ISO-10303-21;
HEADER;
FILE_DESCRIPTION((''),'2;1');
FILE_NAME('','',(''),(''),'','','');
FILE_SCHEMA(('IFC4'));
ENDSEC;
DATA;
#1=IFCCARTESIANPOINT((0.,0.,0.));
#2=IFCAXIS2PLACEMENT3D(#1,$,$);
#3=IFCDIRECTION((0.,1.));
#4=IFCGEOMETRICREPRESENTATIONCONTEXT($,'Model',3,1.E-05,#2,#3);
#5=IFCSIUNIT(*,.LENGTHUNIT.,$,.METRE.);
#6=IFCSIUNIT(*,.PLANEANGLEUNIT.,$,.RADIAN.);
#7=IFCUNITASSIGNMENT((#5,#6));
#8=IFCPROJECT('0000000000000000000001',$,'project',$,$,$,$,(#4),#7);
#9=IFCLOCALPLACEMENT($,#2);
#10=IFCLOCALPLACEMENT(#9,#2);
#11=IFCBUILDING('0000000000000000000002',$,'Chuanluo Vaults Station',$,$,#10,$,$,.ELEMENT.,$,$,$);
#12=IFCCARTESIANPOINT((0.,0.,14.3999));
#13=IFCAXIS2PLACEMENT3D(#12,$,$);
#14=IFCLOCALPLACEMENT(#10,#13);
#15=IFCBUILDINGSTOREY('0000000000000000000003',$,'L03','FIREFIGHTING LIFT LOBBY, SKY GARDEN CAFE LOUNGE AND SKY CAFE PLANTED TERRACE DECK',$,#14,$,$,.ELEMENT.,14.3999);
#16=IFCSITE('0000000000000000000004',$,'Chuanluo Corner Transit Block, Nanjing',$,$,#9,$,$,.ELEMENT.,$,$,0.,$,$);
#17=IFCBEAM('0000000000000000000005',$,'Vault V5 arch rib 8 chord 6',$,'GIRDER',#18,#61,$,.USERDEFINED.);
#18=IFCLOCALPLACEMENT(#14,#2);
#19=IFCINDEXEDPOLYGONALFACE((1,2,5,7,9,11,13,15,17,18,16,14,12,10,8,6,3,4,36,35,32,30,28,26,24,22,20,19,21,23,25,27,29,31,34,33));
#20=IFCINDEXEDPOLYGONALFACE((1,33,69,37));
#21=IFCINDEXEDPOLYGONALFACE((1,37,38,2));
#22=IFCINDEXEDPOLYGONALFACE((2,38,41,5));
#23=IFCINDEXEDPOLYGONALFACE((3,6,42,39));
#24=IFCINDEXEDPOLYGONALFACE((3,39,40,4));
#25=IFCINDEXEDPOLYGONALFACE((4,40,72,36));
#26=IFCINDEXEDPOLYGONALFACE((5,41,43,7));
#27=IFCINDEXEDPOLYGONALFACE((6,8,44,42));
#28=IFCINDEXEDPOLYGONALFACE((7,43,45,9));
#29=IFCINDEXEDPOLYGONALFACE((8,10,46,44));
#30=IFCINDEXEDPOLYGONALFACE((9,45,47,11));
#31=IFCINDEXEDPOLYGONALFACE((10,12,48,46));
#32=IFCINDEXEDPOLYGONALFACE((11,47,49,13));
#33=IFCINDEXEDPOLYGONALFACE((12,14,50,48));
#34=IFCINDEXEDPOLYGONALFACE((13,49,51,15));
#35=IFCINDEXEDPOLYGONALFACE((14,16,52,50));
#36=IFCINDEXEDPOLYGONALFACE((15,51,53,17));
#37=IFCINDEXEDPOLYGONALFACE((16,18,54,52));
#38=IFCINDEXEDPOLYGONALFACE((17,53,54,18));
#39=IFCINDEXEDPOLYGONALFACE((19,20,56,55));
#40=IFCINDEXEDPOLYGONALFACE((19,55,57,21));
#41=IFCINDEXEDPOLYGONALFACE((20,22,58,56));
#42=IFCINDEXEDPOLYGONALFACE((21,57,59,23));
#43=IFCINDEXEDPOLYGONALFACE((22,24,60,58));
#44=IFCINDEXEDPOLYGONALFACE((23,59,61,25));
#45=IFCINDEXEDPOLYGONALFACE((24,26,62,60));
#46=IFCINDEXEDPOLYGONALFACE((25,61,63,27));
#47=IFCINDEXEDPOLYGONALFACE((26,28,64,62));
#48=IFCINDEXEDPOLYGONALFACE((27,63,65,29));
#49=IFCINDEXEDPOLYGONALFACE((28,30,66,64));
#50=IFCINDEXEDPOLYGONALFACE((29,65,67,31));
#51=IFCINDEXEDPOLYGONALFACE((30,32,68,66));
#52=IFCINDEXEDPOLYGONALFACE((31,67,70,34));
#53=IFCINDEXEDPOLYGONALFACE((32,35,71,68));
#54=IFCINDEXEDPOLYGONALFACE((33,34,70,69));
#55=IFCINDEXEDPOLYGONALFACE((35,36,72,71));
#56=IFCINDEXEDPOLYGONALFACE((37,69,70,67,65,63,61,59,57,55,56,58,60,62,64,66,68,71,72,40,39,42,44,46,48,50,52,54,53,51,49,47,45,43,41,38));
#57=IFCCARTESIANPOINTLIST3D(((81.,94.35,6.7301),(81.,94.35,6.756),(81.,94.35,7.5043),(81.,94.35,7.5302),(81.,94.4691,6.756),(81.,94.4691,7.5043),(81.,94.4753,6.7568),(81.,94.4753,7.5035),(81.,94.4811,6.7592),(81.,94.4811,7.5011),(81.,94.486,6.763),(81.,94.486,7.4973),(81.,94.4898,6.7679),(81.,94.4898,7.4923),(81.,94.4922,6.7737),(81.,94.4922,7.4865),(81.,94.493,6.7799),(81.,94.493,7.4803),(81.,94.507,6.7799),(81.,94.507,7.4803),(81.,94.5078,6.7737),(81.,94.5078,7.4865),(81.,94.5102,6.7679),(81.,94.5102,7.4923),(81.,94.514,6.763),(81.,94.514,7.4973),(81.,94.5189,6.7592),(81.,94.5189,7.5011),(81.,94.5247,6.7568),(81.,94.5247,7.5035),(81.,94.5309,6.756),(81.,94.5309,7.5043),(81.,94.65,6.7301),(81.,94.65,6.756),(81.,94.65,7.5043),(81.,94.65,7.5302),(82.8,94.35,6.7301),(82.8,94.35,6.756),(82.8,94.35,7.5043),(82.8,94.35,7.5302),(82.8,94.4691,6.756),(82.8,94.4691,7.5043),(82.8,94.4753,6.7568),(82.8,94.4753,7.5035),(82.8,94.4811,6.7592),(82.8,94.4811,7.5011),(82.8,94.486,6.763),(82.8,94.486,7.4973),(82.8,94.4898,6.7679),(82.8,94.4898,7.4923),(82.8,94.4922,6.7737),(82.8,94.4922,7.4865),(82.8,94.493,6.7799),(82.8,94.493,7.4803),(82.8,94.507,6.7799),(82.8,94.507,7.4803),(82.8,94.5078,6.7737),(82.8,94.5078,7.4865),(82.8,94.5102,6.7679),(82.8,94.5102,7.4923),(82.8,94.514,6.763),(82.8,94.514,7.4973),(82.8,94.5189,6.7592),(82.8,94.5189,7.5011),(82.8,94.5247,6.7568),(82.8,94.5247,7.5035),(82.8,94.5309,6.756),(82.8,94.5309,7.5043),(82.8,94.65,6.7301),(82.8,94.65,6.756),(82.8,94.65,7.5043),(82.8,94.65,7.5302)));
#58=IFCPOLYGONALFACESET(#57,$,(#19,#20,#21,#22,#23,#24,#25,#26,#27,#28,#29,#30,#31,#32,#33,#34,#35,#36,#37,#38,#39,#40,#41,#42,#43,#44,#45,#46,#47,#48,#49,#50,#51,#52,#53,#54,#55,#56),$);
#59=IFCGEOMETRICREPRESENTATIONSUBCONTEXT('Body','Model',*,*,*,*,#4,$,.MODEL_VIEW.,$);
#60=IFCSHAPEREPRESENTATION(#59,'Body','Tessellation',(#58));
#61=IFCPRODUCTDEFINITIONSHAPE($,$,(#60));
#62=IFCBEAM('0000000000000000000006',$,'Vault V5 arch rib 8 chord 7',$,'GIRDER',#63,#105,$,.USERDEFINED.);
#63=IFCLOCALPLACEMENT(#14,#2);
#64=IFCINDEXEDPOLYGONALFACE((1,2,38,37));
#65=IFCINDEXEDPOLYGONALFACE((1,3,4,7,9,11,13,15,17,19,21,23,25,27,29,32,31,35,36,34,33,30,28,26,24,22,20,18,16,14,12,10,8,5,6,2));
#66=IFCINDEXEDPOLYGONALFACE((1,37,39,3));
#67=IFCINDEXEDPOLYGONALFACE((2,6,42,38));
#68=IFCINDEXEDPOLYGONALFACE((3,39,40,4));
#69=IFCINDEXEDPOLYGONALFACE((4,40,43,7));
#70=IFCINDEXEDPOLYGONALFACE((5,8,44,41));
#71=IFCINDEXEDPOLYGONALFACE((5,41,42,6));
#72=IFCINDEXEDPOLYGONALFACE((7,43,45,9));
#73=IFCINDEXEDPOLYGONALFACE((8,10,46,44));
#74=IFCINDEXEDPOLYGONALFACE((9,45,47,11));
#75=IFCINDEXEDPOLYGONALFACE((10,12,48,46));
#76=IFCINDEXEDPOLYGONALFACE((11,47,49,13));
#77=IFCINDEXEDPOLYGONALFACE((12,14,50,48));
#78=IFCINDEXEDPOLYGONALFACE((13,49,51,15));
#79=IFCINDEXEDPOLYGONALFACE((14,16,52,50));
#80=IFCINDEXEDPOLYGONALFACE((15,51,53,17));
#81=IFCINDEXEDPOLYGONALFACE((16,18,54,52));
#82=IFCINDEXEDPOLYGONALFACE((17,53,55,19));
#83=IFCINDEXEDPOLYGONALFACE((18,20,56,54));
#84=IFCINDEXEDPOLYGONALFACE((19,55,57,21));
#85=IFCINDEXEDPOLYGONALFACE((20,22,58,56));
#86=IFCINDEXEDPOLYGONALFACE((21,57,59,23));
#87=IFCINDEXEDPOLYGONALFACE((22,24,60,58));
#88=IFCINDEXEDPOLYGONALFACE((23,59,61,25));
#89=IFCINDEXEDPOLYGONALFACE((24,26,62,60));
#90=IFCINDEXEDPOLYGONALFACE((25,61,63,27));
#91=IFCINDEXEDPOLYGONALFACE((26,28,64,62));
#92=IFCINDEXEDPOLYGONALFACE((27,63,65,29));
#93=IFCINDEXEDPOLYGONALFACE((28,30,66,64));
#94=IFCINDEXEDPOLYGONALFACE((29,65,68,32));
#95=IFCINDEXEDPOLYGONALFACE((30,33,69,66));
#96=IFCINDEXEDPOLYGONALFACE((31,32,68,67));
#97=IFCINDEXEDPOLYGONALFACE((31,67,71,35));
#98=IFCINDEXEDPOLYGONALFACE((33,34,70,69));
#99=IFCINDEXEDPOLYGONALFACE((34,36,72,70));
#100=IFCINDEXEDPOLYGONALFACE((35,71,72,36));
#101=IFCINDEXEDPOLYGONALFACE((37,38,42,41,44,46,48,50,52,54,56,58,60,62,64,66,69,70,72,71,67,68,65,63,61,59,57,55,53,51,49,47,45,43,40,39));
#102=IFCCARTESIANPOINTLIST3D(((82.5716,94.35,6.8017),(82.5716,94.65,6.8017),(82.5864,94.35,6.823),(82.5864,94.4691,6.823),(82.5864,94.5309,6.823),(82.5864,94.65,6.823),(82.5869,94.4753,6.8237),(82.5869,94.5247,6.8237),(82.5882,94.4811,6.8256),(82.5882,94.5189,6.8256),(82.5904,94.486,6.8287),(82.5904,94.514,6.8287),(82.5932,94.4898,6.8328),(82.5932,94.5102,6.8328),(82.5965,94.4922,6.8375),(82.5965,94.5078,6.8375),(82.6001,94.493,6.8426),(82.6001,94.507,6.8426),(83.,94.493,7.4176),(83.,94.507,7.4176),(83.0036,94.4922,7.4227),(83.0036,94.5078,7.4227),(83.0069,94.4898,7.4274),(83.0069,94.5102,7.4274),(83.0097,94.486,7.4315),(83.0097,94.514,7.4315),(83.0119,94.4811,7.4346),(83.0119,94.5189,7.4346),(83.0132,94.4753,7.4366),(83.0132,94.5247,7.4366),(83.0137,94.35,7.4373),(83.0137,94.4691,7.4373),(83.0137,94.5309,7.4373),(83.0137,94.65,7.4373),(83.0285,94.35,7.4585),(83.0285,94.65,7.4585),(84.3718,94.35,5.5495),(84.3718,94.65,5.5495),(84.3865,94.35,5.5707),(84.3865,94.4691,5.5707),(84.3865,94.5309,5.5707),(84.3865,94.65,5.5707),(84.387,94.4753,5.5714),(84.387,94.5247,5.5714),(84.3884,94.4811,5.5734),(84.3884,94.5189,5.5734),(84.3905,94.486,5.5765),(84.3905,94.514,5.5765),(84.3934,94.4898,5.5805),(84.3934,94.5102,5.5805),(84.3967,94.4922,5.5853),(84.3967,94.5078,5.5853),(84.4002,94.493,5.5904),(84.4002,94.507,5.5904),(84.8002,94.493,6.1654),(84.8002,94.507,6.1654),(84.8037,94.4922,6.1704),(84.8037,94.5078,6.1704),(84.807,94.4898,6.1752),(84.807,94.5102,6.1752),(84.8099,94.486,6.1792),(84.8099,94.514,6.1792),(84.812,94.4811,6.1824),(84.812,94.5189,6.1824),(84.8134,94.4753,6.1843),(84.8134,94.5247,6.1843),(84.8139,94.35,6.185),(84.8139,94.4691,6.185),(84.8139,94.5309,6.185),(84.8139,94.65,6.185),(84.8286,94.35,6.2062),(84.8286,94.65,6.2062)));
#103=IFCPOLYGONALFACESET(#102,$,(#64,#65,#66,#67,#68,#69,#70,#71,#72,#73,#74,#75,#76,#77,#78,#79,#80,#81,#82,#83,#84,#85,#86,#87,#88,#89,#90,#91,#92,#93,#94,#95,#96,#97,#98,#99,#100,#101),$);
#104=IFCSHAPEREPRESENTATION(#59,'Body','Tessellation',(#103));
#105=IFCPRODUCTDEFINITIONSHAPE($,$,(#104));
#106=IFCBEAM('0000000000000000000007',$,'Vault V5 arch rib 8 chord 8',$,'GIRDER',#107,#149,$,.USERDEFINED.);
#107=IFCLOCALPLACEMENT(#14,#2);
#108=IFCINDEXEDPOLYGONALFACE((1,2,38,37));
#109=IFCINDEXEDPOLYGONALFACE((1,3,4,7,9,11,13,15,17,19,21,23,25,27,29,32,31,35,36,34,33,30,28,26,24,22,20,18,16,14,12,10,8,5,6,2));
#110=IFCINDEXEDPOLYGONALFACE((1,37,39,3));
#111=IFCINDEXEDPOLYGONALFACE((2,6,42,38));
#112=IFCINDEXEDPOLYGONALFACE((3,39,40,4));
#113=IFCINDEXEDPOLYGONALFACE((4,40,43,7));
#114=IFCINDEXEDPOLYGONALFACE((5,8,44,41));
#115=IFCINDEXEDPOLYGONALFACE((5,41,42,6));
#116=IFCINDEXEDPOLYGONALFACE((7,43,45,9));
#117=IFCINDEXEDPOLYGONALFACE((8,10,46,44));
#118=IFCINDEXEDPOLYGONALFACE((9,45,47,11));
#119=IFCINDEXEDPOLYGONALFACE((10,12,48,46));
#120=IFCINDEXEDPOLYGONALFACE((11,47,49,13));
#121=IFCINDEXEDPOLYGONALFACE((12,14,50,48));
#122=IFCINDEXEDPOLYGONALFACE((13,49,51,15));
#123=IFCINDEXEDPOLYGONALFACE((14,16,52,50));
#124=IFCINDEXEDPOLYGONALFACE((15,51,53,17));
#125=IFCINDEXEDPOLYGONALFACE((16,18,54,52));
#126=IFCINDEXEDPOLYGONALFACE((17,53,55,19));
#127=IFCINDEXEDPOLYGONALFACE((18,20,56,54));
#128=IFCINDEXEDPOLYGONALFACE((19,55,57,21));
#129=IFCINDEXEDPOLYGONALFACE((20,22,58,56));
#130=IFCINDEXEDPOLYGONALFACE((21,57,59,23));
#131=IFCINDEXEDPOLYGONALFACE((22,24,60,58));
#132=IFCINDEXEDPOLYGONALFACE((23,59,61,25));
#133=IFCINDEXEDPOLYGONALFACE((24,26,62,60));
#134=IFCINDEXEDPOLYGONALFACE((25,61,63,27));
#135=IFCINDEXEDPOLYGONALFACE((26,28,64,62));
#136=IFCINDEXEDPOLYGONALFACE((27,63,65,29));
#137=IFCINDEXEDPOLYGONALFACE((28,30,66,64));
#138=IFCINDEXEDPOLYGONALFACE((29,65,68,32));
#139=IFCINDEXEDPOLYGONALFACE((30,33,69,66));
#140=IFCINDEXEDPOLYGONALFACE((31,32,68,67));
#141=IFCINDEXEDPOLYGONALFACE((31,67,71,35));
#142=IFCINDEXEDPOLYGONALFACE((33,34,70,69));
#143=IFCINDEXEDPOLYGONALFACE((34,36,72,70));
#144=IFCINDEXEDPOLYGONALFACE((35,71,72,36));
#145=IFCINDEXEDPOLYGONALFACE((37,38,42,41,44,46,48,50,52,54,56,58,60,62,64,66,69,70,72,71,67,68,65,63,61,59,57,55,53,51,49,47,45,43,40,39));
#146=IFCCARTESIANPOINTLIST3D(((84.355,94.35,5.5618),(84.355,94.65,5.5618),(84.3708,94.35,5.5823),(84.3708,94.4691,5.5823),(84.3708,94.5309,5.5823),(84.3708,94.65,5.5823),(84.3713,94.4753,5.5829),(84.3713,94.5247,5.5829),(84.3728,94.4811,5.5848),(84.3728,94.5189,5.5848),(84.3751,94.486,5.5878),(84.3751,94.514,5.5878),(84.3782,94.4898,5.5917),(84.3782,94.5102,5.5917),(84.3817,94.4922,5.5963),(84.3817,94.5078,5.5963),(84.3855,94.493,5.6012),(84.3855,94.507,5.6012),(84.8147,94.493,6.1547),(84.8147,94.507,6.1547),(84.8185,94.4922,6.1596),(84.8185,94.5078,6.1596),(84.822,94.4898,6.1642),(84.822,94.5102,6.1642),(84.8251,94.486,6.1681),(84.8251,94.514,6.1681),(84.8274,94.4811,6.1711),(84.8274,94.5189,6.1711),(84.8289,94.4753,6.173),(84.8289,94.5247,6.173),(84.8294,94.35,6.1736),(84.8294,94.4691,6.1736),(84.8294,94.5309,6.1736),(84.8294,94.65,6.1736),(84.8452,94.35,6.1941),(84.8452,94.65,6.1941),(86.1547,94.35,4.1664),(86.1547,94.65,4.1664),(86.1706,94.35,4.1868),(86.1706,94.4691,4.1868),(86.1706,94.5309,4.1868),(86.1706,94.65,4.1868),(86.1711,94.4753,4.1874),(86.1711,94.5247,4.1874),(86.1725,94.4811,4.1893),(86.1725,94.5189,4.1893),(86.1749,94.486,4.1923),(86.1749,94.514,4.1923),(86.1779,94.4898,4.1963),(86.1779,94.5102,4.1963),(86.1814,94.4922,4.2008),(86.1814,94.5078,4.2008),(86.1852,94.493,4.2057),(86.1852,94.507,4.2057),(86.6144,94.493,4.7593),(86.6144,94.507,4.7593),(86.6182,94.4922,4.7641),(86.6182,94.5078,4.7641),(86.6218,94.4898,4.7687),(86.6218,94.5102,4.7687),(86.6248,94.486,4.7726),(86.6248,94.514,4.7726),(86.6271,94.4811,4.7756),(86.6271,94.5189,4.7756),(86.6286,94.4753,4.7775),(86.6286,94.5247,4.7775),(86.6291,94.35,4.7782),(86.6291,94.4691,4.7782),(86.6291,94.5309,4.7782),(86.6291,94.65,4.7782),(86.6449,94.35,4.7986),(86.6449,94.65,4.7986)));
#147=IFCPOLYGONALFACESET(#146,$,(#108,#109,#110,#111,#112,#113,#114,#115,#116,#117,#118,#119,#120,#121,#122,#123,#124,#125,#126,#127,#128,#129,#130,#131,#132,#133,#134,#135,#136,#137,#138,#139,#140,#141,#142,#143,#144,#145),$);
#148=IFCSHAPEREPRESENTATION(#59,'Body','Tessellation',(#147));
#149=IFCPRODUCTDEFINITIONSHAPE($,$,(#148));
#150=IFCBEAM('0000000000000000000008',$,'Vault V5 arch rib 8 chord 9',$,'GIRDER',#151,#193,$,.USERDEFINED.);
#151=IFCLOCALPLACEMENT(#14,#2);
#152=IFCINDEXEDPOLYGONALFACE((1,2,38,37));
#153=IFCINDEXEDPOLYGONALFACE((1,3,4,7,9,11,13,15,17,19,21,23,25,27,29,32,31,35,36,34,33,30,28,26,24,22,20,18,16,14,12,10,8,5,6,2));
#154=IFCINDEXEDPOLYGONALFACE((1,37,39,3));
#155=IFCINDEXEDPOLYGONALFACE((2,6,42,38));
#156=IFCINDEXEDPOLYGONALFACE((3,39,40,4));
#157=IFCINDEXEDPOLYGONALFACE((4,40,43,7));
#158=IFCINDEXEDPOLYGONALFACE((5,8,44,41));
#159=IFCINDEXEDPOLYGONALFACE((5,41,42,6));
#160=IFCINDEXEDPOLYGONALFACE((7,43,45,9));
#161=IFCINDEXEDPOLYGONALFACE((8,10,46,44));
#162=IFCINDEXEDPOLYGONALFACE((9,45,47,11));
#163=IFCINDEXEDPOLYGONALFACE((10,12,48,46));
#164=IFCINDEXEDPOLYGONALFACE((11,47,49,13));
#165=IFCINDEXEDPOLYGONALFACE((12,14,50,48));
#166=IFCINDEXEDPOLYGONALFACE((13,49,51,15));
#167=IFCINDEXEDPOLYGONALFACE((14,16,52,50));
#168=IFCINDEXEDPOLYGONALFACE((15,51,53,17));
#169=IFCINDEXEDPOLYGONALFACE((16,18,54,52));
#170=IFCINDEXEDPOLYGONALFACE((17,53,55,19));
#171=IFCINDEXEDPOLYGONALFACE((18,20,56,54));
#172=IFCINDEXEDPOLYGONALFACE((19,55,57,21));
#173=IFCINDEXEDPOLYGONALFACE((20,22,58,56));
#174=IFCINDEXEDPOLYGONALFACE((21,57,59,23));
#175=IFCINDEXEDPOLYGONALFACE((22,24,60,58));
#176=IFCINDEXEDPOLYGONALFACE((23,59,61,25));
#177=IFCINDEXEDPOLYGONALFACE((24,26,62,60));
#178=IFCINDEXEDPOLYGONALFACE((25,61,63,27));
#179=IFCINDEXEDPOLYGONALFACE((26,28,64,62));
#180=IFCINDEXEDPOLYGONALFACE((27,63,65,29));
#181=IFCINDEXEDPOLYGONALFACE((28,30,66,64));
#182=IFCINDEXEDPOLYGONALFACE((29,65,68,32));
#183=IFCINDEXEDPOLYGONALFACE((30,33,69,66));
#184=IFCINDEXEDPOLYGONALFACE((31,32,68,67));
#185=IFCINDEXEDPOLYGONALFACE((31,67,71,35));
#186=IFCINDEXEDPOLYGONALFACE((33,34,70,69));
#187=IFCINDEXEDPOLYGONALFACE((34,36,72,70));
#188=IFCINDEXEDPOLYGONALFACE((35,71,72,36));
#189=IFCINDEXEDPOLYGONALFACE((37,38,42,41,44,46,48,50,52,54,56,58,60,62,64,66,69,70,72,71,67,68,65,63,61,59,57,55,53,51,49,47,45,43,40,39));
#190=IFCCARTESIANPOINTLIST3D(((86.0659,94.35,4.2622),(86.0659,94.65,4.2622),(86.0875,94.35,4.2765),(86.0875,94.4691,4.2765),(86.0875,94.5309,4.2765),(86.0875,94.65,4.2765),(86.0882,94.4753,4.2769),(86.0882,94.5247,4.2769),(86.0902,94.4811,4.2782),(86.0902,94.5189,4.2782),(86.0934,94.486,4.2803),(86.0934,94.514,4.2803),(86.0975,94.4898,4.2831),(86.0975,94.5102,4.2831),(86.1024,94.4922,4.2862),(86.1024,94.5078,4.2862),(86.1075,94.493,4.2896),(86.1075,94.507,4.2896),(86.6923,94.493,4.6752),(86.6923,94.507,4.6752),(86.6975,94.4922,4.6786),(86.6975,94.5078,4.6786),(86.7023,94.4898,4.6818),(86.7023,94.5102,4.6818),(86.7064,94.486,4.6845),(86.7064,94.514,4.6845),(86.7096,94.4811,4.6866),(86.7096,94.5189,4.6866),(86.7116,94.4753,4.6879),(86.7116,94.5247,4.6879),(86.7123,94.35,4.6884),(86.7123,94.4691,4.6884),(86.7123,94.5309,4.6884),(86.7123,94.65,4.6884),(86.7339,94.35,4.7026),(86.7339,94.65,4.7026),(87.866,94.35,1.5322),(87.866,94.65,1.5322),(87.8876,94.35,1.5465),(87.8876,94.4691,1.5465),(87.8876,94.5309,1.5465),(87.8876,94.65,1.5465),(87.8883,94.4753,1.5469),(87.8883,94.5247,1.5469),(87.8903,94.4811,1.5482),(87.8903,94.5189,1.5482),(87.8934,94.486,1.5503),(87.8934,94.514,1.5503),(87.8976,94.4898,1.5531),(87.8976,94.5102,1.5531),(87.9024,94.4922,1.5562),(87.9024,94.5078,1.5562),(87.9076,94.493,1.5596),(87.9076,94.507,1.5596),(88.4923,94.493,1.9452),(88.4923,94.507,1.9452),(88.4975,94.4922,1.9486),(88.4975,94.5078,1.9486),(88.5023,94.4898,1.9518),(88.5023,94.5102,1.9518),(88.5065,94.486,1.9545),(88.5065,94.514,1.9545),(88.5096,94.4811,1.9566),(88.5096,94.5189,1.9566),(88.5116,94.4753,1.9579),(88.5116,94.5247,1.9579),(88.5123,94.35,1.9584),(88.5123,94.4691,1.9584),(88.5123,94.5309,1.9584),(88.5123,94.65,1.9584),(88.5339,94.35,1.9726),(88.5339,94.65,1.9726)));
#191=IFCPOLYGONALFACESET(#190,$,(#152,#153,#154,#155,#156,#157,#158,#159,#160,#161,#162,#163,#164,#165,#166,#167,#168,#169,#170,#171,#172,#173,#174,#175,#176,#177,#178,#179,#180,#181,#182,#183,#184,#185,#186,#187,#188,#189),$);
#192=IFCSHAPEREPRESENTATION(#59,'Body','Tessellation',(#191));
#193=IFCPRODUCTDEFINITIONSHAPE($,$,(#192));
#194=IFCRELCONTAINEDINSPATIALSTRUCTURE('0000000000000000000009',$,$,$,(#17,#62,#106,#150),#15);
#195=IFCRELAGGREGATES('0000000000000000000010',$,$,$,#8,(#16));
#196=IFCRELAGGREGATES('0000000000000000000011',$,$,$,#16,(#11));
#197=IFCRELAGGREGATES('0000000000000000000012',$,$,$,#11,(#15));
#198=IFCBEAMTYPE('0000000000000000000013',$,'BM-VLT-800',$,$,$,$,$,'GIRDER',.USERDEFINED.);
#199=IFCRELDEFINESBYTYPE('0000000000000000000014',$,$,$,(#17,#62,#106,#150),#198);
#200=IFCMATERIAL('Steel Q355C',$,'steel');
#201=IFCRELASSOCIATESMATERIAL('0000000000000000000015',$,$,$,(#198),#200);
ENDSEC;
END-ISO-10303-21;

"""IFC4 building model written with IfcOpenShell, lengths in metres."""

from ifc_helpers import new_model, si_unit, direction, frame, origin, origin_2d, place, context, subcontext, project, spatial, i_section, extrude, material, material_profile, profile_set, type_object, element, save


model = new_model("IFC4")

# Units and contexts
model_context = context("Model", 3, precision=1e-05, world=origin(), true_north=direction((0.0, 1.0)))
body_context = subcontext(model_context, "Body", "Model", "MODEL_VIEW")
ifc_project = project(units=[si_unit("LENGTHUNIT", "METRE"), si_unit("PLANEANGLEUNIT", "RADIAN")], contexts=[model_context])

# Site, building, storey
site_placement = place(None, origin())
site = spatial("IfcSite", under=ifc_project, at=site_placement, Name="Chuanluo Corner Transit Block, Nanjing", CompositionType="ELEMENT", RefElevation=0.0)
building_placement = place(site_placement, origin())
building = spatial("IfcBuilding", under=site, at=building_placement, Name="Chuanluo Vaults Station", CompositionType="ELEMENT")
storey_placement = place(building_placement, frame((0.0, 0.0, 14.3999)))
storey = spatial("IfcBuildingStorey", under=building, at=storey_placement, Name="L03", Description="FIREFIGHTING LIFT LOBBY, SKY GARDEN CAFE LOUNGE AND SKY CAFE PLANTED TERRACE DECK", CompositionType="ELEMENT", Elevation=14.3999)

# Beams
ifc_material_1 = material(Name="Steel Q355C", Category="steel")
ifc_material_profile_1 = material_profile(ifc_material_1, i_section(OverallWidth=0.3, OverallDepth=0.8, WebThickness=0.0139, FlangeThickness=0.0259, FilletRadius=0.0239, at=origin_2d()))
ifc_profile_set_1 = profile_set([ifc_material_profile_1], Name="Steel Q355C")
beam_type_1 = type_object("IfcBeamType", Name="BM-VLT-800", ElementType="GIRDER", PredefinedType="USERDEFINED", material=ifc_profile_set_1)
for number, where, z_axis, x_axis, name in (
    (1, (81.0, 94.5, 7.1301), (1.0, 0.0, 0.0), (0.0, 1.0, 0.0), "Vault V5 arch rib 8 chord 6"),
):
    element("IfcBeam", number, at=place(storey_placement, frame(where, z_axis=z_axis, x_axis=x_axis)), inside=storey, type_object=beam_type_1, Name=name, ObjectType="GIRDER", PredefinedType="USERDEFINED", context=body_context, shape_type="SweptSolid", body=[
        extrude(i_section(OverallWidth=0.3, OverallDepth=0.8, WebThickness=0.0139, FlangeThickness=0.0259, FilletRadius=0.0239, at=origin_2d()), origin(), (0.0, 0.0, 1.0), 1.8),
    ])
beam_1_placement = place(storey_placement, frame((82.8, 94.5, 7.1301), z_axis=(0.820907, 0.0, -0.571061), x_axis=(0.0, 1.0, 0.0)))
element("IfcBeam", 2, at=beam_1_placement, inside=storey, type_object=beam_type_1, Name="Vault V5 arch rib 8 chord 7", ObjectType="GIRDER", PredefinedType="USERDEFINED", context=body_context, shape_type="SweptSolid", body=[
    extrude(i_section(OverallWidth=0.3, OverallDepth=0.8, WebThickness=0.0139, FlangeThickness=0.0259, FilletRadius=0.0239, at=origin_2d()), origin(), (0.0, 0.0, 1.0), 2.1929),
])
beam_2_placement = place(storey_placement, frame((84.6001, 94.5, 5.8779), z_axis=(0.790275, 0.0, -0.612752), x_axis=(0.0, 1.0, 0.0)))
element("IfcBeam", 3, at=beam_2_placement, inside=storey, type_object=beam_type_1, Name="Vault V5 arch rib 8 chord 8", ObjectType="GIRDER", PredefinedType="USERDEFINED", context=body_context, shape_type="SweptSolid", body=[
    extrude(i_section(OverallWidth=0.3, OverallDepth=0.8, WebThickness=0.0139, FlangeThickness=0.0259, FilletRadius=0.0239, at=origin_2d()), origin(), (0.0, 0.0, 1.0), 2.2773),
])
beam_3_placement = place(storey_placement, frame((86.3999, 94.5, 4.4824), z_axis=(0.550472, 0.0, -0.834854), x_axis=(0.0, 1.0, 0.0)))
element("IfcBeam", 4, at=beam_3_placement, inside=storey, type_object=beam_type_1, Name="Vault V5 arch rib 8 chord 9", ObjectType="GIRDER", PredefinedType="USERDEFINED", context=body_context, shape_type="SweptSolid", body=[
    extrude(i_section(OverallWidth=0.3, OverallDepth=0.8, WebThickness=0.0139, FlangeThickness=0.0259, FilletRadius=0.0239, at=origin_2d()), origin(), (0.0, 0.0, 1.0), 3.27),
])

save(model, "model.ifc")
